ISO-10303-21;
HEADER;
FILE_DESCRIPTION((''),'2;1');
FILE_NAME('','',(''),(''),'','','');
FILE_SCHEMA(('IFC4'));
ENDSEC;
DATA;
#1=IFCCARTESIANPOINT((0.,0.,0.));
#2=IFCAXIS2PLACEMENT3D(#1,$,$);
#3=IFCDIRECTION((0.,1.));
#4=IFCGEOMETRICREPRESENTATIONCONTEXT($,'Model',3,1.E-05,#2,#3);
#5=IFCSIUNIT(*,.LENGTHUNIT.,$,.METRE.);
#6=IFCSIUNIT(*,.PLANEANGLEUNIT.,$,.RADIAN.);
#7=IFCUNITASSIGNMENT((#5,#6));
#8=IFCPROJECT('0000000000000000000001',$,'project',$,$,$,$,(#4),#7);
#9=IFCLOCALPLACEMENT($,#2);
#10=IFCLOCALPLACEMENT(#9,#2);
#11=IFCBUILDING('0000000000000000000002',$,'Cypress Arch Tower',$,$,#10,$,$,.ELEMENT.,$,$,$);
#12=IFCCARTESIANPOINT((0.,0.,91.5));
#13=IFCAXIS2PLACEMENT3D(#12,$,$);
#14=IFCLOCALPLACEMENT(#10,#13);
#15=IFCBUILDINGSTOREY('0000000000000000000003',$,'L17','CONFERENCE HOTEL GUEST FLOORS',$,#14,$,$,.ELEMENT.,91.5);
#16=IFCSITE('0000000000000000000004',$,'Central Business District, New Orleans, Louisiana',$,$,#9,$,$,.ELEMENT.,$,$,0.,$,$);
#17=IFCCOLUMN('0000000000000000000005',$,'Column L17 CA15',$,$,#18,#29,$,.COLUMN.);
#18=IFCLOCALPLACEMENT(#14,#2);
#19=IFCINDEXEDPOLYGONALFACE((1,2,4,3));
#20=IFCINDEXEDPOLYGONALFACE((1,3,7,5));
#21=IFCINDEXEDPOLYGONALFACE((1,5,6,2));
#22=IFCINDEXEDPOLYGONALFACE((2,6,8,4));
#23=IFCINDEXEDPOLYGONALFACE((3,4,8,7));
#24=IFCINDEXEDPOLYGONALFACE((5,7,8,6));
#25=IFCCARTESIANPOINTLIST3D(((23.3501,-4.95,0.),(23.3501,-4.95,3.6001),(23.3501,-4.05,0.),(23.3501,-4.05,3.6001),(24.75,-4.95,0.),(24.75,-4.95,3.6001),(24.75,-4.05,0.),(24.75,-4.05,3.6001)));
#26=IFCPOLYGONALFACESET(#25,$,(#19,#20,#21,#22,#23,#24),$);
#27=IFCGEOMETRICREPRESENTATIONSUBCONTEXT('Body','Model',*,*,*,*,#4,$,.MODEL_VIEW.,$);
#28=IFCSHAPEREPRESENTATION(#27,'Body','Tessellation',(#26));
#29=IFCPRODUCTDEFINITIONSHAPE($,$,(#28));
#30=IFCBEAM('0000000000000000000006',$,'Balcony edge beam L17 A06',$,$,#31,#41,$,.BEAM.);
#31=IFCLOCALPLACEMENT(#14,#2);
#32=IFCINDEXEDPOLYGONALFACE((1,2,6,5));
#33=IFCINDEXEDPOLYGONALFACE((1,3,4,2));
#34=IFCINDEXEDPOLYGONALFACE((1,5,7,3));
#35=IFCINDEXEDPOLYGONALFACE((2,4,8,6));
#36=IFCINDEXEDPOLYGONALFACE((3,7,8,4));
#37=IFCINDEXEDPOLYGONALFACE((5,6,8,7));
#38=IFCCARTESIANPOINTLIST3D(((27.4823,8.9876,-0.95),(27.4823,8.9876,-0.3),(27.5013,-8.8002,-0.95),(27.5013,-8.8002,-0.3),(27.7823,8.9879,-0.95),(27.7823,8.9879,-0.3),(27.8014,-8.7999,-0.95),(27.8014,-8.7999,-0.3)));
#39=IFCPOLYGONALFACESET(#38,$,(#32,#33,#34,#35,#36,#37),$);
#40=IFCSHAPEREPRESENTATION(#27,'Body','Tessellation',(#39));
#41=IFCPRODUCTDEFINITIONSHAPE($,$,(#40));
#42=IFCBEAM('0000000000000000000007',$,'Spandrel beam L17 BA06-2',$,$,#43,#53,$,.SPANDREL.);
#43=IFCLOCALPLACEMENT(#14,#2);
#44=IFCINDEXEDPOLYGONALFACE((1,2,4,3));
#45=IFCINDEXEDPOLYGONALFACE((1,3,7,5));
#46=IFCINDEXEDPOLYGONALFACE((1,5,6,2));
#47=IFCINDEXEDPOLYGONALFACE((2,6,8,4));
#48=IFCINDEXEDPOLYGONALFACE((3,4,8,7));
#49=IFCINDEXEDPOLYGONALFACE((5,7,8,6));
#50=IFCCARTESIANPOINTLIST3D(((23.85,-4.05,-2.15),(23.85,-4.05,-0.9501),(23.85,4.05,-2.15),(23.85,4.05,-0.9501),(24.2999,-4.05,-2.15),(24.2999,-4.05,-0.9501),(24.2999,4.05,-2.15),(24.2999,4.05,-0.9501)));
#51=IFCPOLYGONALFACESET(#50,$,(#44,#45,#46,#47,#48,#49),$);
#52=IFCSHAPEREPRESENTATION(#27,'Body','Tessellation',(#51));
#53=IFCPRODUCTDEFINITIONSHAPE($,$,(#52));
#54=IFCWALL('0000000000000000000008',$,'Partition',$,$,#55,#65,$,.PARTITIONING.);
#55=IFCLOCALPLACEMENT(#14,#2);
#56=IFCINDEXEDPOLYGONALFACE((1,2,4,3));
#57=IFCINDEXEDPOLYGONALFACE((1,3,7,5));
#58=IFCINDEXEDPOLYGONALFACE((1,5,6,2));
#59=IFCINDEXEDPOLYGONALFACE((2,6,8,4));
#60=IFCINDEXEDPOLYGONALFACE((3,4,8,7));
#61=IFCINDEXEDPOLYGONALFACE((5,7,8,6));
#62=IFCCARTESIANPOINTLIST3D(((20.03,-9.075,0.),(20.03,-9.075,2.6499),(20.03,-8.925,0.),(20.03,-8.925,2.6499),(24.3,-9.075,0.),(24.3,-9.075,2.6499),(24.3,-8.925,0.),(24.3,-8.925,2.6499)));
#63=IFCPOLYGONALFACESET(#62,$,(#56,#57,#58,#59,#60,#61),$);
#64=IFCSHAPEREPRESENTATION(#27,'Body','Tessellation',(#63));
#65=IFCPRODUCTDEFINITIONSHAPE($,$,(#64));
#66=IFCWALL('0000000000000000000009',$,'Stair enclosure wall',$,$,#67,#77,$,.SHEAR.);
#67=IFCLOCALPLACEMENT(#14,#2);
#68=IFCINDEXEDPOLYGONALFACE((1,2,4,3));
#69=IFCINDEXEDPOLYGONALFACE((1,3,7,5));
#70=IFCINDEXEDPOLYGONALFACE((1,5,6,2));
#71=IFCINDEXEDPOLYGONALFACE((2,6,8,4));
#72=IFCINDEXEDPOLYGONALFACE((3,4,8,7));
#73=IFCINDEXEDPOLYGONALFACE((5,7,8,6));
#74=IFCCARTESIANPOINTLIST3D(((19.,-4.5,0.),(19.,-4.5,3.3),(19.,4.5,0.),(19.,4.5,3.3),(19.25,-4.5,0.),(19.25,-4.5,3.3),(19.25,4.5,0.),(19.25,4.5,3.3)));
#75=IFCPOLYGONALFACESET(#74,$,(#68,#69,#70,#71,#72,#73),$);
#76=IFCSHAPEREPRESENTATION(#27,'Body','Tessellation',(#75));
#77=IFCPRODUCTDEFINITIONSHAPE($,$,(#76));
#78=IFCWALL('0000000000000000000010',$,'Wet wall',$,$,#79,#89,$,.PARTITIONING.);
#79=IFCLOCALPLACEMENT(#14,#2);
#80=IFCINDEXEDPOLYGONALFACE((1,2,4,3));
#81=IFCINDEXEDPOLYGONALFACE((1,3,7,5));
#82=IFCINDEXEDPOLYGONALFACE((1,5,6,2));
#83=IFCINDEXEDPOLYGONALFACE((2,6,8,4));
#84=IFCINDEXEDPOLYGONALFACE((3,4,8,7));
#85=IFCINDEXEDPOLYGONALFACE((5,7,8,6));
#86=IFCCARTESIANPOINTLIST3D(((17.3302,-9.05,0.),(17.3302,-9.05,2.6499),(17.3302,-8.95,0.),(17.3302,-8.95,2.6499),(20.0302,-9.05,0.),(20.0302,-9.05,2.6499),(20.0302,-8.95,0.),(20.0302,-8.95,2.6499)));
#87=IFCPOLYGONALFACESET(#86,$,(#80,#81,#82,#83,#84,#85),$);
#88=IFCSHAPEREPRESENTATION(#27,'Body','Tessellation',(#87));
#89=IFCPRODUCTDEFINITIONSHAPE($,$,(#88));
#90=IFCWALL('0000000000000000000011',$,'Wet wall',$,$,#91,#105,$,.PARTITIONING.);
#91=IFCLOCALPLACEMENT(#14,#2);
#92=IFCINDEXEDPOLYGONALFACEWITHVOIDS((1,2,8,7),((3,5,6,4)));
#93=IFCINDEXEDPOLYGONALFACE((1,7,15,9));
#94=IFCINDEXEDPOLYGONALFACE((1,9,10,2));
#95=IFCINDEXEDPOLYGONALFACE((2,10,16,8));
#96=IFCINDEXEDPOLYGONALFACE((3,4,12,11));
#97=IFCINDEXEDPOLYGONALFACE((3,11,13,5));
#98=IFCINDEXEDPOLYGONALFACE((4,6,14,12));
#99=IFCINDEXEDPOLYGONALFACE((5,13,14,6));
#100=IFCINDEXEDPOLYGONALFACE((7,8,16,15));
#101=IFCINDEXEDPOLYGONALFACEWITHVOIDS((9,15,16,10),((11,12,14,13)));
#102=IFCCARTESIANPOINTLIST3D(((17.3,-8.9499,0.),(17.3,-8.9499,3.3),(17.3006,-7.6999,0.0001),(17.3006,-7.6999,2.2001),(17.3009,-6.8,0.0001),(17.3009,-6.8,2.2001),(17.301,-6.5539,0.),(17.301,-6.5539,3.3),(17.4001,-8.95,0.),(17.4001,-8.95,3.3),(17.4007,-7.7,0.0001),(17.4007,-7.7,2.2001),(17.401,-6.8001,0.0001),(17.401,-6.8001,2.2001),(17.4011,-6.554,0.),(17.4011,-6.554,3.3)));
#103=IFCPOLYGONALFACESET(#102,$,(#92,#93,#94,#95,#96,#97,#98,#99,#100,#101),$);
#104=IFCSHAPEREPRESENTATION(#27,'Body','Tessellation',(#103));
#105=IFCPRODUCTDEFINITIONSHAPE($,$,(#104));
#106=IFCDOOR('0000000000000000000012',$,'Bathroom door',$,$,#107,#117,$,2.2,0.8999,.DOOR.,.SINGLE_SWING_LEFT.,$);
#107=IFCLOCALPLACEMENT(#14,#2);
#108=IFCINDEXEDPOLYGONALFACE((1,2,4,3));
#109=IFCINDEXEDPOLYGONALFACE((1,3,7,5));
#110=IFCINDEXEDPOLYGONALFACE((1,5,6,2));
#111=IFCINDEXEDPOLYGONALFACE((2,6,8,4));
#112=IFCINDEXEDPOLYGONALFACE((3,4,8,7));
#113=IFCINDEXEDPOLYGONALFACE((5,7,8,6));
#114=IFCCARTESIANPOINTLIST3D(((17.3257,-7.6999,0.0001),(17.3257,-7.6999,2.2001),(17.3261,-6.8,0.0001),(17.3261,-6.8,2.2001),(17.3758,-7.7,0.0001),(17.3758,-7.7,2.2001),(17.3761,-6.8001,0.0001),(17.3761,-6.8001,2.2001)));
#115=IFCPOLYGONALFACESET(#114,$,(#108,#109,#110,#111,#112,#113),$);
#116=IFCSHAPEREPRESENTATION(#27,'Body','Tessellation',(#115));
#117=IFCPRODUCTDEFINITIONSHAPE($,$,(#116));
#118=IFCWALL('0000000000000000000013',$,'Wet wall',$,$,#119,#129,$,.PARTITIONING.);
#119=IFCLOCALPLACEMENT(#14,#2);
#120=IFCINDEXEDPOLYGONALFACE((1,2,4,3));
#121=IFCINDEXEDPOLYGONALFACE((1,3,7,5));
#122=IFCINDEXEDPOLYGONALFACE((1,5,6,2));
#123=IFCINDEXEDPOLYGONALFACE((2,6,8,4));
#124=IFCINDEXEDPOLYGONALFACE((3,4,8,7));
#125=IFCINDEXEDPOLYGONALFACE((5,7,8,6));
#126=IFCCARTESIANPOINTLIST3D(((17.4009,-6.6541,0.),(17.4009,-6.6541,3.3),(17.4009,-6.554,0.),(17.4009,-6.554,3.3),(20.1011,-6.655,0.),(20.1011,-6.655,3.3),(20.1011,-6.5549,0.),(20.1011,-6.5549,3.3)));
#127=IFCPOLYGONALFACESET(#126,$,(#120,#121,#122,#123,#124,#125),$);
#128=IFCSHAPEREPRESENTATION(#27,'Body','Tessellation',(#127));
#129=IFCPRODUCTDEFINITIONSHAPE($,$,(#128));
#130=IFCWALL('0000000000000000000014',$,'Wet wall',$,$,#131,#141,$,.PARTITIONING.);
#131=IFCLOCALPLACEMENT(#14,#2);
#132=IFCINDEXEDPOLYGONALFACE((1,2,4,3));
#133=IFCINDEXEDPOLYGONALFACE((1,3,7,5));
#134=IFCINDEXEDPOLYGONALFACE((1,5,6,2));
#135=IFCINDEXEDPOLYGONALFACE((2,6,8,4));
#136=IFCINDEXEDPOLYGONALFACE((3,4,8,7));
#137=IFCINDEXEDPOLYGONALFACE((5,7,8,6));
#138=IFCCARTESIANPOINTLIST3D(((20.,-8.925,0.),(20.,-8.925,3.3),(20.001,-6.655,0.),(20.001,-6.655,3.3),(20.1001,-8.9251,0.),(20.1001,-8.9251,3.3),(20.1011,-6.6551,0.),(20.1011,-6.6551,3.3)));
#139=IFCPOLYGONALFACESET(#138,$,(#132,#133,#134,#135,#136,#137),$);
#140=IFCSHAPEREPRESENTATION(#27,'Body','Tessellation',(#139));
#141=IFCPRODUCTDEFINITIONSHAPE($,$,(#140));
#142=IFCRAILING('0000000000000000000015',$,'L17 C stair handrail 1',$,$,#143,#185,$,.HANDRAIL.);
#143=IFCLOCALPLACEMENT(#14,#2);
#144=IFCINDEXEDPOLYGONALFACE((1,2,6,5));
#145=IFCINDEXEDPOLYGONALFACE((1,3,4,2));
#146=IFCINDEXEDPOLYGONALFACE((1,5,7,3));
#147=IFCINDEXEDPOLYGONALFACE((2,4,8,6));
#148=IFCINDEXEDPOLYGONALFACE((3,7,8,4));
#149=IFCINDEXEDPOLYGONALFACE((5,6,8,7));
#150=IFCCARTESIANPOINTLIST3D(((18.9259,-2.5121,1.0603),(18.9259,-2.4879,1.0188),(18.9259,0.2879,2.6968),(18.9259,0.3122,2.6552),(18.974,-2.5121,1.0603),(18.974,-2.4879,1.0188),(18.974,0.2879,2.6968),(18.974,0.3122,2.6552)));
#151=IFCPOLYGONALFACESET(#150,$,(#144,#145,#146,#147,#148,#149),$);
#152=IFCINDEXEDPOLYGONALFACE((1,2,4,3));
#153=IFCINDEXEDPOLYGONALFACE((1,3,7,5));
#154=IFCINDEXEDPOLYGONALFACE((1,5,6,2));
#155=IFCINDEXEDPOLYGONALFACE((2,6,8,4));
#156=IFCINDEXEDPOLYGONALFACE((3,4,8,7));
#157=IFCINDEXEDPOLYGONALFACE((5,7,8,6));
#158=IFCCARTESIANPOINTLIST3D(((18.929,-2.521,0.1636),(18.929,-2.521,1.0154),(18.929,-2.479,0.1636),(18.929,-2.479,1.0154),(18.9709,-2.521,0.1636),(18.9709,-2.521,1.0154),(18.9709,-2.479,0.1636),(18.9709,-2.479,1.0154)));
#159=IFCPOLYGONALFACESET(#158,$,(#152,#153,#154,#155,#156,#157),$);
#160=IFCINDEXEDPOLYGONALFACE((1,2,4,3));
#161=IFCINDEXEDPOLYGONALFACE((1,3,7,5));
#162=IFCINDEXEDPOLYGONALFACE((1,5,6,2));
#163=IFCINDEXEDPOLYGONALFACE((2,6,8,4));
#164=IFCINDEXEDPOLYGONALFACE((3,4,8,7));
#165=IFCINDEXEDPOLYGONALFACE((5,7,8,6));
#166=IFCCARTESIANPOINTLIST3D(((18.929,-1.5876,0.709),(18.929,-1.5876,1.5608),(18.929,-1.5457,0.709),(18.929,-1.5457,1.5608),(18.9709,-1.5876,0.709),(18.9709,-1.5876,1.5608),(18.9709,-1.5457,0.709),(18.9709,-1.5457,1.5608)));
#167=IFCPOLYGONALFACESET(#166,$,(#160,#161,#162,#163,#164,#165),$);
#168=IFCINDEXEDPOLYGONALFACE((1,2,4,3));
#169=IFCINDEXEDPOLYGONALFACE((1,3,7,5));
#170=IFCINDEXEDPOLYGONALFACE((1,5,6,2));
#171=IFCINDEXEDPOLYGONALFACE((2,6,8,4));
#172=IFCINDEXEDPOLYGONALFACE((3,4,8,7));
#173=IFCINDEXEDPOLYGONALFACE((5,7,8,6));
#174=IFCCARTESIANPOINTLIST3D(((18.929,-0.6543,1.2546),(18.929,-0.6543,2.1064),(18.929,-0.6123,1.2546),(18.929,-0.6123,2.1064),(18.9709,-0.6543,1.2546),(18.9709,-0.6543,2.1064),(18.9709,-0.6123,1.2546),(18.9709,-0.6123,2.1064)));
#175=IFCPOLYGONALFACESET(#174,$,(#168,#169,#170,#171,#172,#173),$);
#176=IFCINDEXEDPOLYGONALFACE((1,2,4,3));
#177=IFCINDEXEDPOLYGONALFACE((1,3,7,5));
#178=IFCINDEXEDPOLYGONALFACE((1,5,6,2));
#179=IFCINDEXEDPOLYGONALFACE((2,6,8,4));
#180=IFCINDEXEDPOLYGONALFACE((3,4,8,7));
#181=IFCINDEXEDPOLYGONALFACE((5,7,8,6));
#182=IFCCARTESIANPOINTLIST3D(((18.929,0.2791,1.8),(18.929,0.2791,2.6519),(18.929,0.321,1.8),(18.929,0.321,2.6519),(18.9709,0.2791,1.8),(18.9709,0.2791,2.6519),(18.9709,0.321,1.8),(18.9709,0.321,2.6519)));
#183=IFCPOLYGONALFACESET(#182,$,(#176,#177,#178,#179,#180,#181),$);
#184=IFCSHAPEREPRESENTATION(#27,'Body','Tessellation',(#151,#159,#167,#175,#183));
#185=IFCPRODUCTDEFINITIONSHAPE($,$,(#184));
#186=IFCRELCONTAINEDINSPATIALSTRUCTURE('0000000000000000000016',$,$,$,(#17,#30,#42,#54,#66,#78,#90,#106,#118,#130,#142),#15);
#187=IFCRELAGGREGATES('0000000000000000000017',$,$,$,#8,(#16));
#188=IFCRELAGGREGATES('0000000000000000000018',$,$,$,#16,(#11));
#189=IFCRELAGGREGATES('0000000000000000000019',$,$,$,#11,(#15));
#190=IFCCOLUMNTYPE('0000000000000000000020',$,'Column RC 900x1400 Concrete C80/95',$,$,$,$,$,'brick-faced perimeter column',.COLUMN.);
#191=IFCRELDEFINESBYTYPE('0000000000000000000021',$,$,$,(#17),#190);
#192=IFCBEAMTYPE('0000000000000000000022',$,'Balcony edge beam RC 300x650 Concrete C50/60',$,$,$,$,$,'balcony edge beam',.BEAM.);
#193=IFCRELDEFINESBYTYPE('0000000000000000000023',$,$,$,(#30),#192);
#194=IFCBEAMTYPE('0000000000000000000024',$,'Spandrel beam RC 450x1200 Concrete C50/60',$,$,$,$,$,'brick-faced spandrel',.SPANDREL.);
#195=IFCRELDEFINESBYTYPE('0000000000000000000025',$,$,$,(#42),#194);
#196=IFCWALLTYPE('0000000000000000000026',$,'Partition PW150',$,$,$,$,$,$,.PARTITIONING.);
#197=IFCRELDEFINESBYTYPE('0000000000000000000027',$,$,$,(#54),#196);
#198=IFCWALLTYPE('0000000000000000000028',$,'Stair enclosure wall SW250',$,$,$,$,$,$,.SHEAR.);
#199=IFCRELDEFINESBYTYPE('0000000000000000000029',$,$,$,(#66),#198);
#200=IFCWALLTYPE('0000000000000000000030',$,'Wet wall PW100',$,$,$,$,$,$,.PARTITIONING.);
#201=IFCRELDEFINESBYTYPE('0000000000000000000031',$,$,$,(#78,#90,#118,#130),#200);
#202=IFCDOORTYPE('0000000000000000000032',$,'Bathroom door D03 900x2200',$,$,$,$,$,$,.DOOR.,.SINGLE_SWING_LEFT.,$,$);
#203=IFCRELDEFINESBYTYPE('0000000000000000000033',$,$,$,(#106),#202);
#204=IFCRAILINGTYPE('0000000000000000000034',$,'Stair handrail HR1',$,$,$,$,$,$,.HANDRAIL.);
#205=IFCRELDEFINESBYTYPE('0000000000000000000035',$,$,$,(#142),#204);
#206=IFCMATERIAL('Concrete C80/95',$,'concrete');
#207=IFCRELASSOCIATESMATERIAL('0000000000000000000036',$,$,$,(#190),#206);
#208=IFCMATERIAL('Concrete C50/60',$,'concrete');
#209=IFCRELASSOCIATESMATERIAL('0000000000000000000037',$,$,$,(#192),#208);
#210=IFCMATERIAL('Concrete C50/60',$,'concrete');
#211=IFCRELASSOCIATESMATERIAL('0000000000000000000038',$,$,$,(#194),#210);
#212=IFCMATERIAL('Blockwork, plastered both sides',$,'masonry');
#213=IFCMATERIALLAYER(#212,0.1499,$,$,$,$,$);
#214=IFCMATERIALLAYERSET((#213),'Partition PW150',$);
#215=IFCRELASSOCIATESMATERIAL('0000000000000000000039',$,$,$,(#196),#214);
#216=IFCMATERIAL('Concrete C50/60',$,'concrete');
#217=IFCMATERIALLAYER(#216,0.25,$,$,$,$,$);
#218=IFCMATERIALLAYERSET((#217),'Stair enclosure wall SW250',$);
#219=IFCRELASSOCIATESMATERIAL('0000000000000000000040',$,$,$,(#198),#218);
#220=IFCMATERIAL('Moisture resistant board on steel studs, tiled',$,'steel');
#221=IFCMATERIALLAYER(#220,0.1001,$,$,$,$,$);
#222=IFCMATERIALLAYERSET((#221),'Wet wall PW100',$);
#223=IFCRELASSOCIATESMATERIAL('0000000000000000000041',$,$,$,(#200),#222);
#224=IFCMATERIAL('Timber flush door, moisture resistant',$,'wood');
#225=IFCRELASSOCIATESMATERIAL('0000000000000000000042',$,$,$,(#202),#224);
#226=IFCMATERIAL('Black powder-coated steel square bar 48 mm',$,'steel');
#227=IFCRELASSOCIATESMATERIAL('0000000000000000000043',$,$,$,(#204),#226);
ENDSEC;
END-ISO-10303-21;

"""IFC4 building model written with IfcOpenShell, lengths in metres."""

from ifc_helpers import new_model, si_unit, direction, frame, frame_2d, origin, origin_2d, place, context, subcontext, project, spatial, rectangle, extrude, material, layer, layer_set, material_profile, profile_set, type_object, element, fill, save


model = new_model("IFC4")

# Units and contexts
model_context = context("Model", 3, precision=1e-05, world=origin(), true_north=direction((0.0, 1.0)))
body_context = subcontext(model_context, "Body", "Model", "MODEL_VIEW")
ifc_project = project(units=[si_unit("LENGTHUNIT", "METRE"), si_unit("PLANEANGLEUNIT", "RADIAN")], contexts=[model_context])

# Site, building, storey
site_placement = place(None, origin())
site = spatial("IfcSite", under=ifc_project, at=site_placement, Name="Central Business District, New Orleans, Louisiana", CompositionType="ELEMENT", RefElevation=0.0)
building_placement = place(site_placement, origin())
building = spatial("IfcBuilding", under=site, at=building_placement, Name="Cypress Arch Tower", CompositionType="ELEMENT")
storey_placement = place(building_placement, frame((0.0, 0.0, 91.5)))
storey = spatial("IfcBuildingStorey", under=building, at=storey_placement, Name="L17", Description="CONFERENCE HOTEL GUEST FLOORS", CompositionType="ELEMENT", Elevation=91.5)

# Column
ifc_material_1 = material(Name="Concrete C80/95", Category="concrete")
ifc_material_profile_1 = material_profile(ifc_material_1, rectangle(XDim=0.8999, YDim=1.3999, at=origin_2d()), Name="RC 900x1400")
ifc_profile_set_1 = profile_set([ifc_material_profile_1], Name="Concrete C80/95")
column_type = type_object("IfcColumnType", Name="Column RC 900x1400 Concrete C80/95", ElementType="brick-faced perimeter column", PredefinedType="COLUMN", material=ifc_profile_set_1)
column_placement = place(storey_placement, frame((24.05, -4.5, 0.0), z_axis=(0.0, 0.0, 1.0), x_axis=(0.0, 1.0, 0.0)))
element("IfcColumn", 1, at=column_placement, inside=storey, type_object=column_type, Name="Column L17 CA15", PredefinedType="COLUMN", context=body_context, shape_type="SweptSolid", body=[
    extrude(rectangle(XDim=0.8999, YDim=1.3999, at=origin_2d()), origin(), (0.0, 0.0, 1.0), 3.6001),
])

# Beams
ifc_material_2 = material(Name="Concrete C50/60", Category="concrete")
ifc_material_profile_2 = material_profile(ifc_material_2, rectangle(XDim=0.3, YDim=0.6499, at=origin_2d()), Name="RC 300x650")
ifc_profile_set_2 = profile_set([ifc_material_profile_2], Name="Concrete C50/60")
beam_type_1 = type_object("IfcBeamType", Name="Balcony edge beam RC 300x650 Concrete C50/60", ElementType="balcony edge beam", PredefinedType="BEAM", material=ifc_profile_set_2)
beam_1_placement = place(storey_placement, frame((27.6514, -8.8, -0.625), z_axis=(-0.001071, 0.999999, 0.0), x_axis=(-0.999999, -0.001071, 0.0)))
element("IfcBeam", 2, at=beam_1_placement, inside=storey, type_object=beam_type_1, Name="Balcony edge beam L17 A06", PredefinedType="BEAM", context=body_context, shape_type="SweptSolid", body=[
    extrude(rectangle(XDim=0.3, YDim=0.6499, at=origin_2d()), origin(), (0.0, 0.0, 1.0), 17.7878),
])
ifc_material_3 = material(Name="Concrete C50/60", Category="concrete")
ifc_material_profile_3 = material_profile(ifc_material_3, rectangle(XDim=0.45, YDim=1.2, at=origin_2d()), Name="RC 450x1200")
ifc_profile_set_3 = profile_set([ifc_material_profile_3], Name="Concrete C50/60")
beam_type_2 = type_object("IfcBeamType", Name="Spandrel beam RC 450x1200 Concrete C50/60", ElementType="brick-faced spandrel", PredefinedType="SPANDREL", material=ifc_profile_set_3)
beam_2_placement = place(storey_placement, frame((24.075, -4.05, -1.55), z_axis=(0.0, 1.0, 0.0), x_axis=(-1.0, 0.0, 0.0)))
element("IfcBeam", 3, at=beam_2_placement, inside=storey, type_object=beam_type_2, Name="Spandrel beam L17 BA06-2", PredefinedType="SPANDREL", context=body_context, shape_type="SweptSolid", body=[
    extrude(rectangle(XDim=0.45, YDim=1.2, at=origin_2d()), origin(), (0.0, 0.0, 1.0), 8.1001),
])

# Walls
ifc_material_4 = material(Name="Blockwork, plastered both sides", Category="masonry")
ifc_layer_1 = layer(ifc_material_4, 0.1499)
ifc_layer_set_1 = layer_set([ifc_layer_1], Name="Partition PW150")
wall_type_1 = type_object("IfcWallType", Name="Partition PW150", PredefinedType="PARTITIONING", material=ifc_layer_set_1)
wall_1_placement = place(storey_placement, frame((20.03, -9.0, 0.0), z_axis=(0.0, 0.0, 1.0), x_axis=(1.0, 0.0, 0.0)))
element("IfcWall", 4, at=wall_1_placement, inside=storey, type_object=wall_type_1, Name="Partition", PredefinedType="PARTITIONING", context=body_context, shape_type="SweptSolid", body=[
    extrude(rectangle(XDim=4.27, YDim=0.1499, at=frame_2d((2.135, 0.0))), origin(), (0.0, 0.0, 1.0), 2.6499),
])
ifc_material_5 = material(Name="Concrete C50/60", Category="concrete")
ifc_layer_2 = layer(ifc_material_5, 0.25)
ifc_layer_set_2 = layer_set([ifc_layer_2], Name="Stair enclosure wall SW250")
wall_type_2 = type_object("IfcWallType", Name="Stair enclosure wall SW250", PredefinedType="SHEAR", material=ifc_layer_set_2)
wall_2_placement = place(storey_placement, frame((19.125, -4.5, 0.0), z_axis=(0.0, 0.0, 1.0), x_axis=(0.0, 1.0, 0.0)))
element("IfcWall", 5, at=wall_2_placement, inside=storey, type_object=wall_type_2, Name="Stair enclosure wall", PredefinedType="SHEAR", context=body_context, shape_type="SweptSolid", body=[
    extrude(rectangle(XDim=9.0, YDim=0.25, at=frame_2d((4.5, 0.0))), origin(), (0.0, 0.0, 1.0), 3.3),
])
ifc_material_6 = material(Name="Moisture resistant board on steel studs, tiled", Category="steel")
ifc_layer_3 = layer(ifc_material_6, 0.1001)
ifc_layer_set_3 = layer_set([ifc_layer_3], Name="Wet wall PW100")
wall_type_3 = type_object("IfcWallType", Name="Wet wall PW100", PredefinedType="PARTITIONING", material=ifc_layer_set_3)
wall_3_placement = place(storey_placement, frame((17.3301, -9.0, 0.0), z_axis=(0.0, 0.0, 1.0), x_axis=(1.0, 0.0, 0.0)))
element("IfcWall", 6, at=wall_3_placement, inside=storey, type_object=wall_type_3, Name="Wet wall", PredefinedType="PARTITIONING", context=body_context, shape_type="SweptSolid", body=[
    extrude(rectangle(XDim=2.7, YDim=0.1001, at=frame_2d((1.3501, 0.0))), origin(), (0.0, 0.0, 1.0), 2.6499),
])

# Wall, opening, door
wall_4_placement = place(storey_placement, frame((17.3501, -8.95, 0.0), z_axis=(0.0, 0.0, 1.0), x_axis=(0.000408, 1.0, 0.0)))
wall_4 = element("IfcWall", 7, at=wall_4_placement, inside=storey, type_object=wall_type_3, Name="Wet wall", PredefinedType="PARTITIONING", context=body_context, shape_type="SweptSolid", body=[
    extrude(rectangle(XDim=2.396, YDim=0.1001, at=frame_2d((1.198, 0.0))), origin(), (0.0, 0.0, 1.0), 3.3),
])
opening_1_placement = place(wall_4_placement, frame((1.25, 0.0, 0.0)))
opening_1 = element("IfcOpeningElement", 8, at=opening_1_placement, cuts=wall_4, PredefinedType="OPENING", context=body_context, shape_type="SweptSolid", body=[
    extrude(rectangle(XDim=0.8999, YDim=2.2, at=frame_2d((0.45, 1.1001))), frame((0.0, 0.0601, 0.0), z_axis=(0.0, -1.0, 0.0), x_axis=(1.0, 0.0, 0.0)), (0.0, 0.0, 1.0), 0.1201),
])
ifc_material_7 = material(Name="Timber flush door, moisture resistant", Category="wood")
door_type_1 = type_object("IfcDoorType", Name="Bathroom door D03 900x2200", OperationType="SINGLE_SWING_LEFT", PredefinedType="DOOR", material=ifc_material_7)
door_1_placement = place(opening_1_placement, origin())
door_1 = element("IfcDoor", 9, at=door_1_placement, inside=storey, type_object=door_type_1, Name="Bathroom door", OperationType="SINGLE_SWING_LEFT", OverallHeight=2.2, OverallWidth=0.8999, PredefinedType="DOOR", context=body_context, shape_type="SweptSolid", body=[
    extrude(rectangle(XDim=0.8999, YDim=2.2, at=frame_2d((0.45, 1.1001))), frame((0.0, 0.0249, 0.0), z_axis=(0.0, -1.0, 0.0), x_axis=(1.0, 0.0, 0.0)), (0.0, 0.0, 1.0), 0.05),
])
fill(opening_1, door_1)

# Walls
wall_5_placement = place(storey_placement, frame((17.4009, -6.604, 0.0), z_axis=(0.0, 0.0, 1.0), x_axis=(1.0, -0.000362, 0.0)))
element("IfcWall", 10, at=wall_5_placement, inside=storey, type_object=wall_type_3, Name="Wet wall", PredefinedType="PARTITIONING", context=body_context, shape_type="SweptSolid", body=[
    extrude(rectangle(XDim=2.7002, YDim=0.1001, at=frame_2d((1.3501, 0.0))), origin(), (0.0, 0.0, 1.0), 3.3),
])
wall_6_placement = place(storey_placement, frame((20.05, -8.925, 0.0), z_axis=(0.0, 0.0, 1.0), x_axis=(0.00043, 1.0, 0.0)))
element("IfcWall", 11, at=wall_6_placement, inside=storey, type_object=wall_type_3, Name="Wet wall", PredefinedType="PARTITIONING", context=body_context, shape_type="SweptSolid", body=[
    extrude(rectangle(XDim=2.27, YDim=0.1001, at=frame_2d((1.135, 0.0))), origin(), (0.0, 0.0, 1.0), 3.3),
])

# Railing
ifc_material_8 = material(Name="Black powder-coated steel square bar 48 mm", Category="steel")
railing_type_1 = type_object("IfcRailingType", Name="Stair handrail HR1", PredefinedType="HANDRAIL", material=ifc_material_8)
railing_1_placement = place(storey_placement, frame((18.95, -2.5, 0.1636)))
element("IfcRailing", 12, at=railing_1_placement, inside=storey, type_object=railing_type_1, Name="L17 C stair handrail 1", PredefinedType="HANDRAIL", context=body_context, shape_type="SweptSolid", body=[
    extrude(rectangle(XDim=0.0481, YDim=0.0481, at=origin_2d()), frame((0.0, 0.0, 0.876), z_axis=(0.0, 0.863361, 0.504587), x_axis=(-1.0, 0.0, 0.0)), (0.0, 0.0, 1.0), 3.2432),
    extrude(rectangle(XDim=0.042, YDim=0.042, at=origin_2d()), origin(), (0.0, 0.0, 1.0), 0.8518),
    extrude(rectangle(XDim=0.042, YDim=0.042, at=origin_2d()), frame((0.0, 0.9333, 0.5454)), (0.0, 0.0, 1.0), 0.8518),
    extrude(rectangle(XDim=0.042, YDim=0.042, at=origin_2d()), frame((0.0, 1.8667, 1.0911)), (0.0, 0.0, 1.0), 0.8518),
    extrude(rectangle(XDim=0.042, YDim=0.042, at=origin_2d()), frame((0.0, 2.8, 1.6365)), (0.0, 0.0, 1.0), 0.8518),
])

save(model, "model.ifc")
